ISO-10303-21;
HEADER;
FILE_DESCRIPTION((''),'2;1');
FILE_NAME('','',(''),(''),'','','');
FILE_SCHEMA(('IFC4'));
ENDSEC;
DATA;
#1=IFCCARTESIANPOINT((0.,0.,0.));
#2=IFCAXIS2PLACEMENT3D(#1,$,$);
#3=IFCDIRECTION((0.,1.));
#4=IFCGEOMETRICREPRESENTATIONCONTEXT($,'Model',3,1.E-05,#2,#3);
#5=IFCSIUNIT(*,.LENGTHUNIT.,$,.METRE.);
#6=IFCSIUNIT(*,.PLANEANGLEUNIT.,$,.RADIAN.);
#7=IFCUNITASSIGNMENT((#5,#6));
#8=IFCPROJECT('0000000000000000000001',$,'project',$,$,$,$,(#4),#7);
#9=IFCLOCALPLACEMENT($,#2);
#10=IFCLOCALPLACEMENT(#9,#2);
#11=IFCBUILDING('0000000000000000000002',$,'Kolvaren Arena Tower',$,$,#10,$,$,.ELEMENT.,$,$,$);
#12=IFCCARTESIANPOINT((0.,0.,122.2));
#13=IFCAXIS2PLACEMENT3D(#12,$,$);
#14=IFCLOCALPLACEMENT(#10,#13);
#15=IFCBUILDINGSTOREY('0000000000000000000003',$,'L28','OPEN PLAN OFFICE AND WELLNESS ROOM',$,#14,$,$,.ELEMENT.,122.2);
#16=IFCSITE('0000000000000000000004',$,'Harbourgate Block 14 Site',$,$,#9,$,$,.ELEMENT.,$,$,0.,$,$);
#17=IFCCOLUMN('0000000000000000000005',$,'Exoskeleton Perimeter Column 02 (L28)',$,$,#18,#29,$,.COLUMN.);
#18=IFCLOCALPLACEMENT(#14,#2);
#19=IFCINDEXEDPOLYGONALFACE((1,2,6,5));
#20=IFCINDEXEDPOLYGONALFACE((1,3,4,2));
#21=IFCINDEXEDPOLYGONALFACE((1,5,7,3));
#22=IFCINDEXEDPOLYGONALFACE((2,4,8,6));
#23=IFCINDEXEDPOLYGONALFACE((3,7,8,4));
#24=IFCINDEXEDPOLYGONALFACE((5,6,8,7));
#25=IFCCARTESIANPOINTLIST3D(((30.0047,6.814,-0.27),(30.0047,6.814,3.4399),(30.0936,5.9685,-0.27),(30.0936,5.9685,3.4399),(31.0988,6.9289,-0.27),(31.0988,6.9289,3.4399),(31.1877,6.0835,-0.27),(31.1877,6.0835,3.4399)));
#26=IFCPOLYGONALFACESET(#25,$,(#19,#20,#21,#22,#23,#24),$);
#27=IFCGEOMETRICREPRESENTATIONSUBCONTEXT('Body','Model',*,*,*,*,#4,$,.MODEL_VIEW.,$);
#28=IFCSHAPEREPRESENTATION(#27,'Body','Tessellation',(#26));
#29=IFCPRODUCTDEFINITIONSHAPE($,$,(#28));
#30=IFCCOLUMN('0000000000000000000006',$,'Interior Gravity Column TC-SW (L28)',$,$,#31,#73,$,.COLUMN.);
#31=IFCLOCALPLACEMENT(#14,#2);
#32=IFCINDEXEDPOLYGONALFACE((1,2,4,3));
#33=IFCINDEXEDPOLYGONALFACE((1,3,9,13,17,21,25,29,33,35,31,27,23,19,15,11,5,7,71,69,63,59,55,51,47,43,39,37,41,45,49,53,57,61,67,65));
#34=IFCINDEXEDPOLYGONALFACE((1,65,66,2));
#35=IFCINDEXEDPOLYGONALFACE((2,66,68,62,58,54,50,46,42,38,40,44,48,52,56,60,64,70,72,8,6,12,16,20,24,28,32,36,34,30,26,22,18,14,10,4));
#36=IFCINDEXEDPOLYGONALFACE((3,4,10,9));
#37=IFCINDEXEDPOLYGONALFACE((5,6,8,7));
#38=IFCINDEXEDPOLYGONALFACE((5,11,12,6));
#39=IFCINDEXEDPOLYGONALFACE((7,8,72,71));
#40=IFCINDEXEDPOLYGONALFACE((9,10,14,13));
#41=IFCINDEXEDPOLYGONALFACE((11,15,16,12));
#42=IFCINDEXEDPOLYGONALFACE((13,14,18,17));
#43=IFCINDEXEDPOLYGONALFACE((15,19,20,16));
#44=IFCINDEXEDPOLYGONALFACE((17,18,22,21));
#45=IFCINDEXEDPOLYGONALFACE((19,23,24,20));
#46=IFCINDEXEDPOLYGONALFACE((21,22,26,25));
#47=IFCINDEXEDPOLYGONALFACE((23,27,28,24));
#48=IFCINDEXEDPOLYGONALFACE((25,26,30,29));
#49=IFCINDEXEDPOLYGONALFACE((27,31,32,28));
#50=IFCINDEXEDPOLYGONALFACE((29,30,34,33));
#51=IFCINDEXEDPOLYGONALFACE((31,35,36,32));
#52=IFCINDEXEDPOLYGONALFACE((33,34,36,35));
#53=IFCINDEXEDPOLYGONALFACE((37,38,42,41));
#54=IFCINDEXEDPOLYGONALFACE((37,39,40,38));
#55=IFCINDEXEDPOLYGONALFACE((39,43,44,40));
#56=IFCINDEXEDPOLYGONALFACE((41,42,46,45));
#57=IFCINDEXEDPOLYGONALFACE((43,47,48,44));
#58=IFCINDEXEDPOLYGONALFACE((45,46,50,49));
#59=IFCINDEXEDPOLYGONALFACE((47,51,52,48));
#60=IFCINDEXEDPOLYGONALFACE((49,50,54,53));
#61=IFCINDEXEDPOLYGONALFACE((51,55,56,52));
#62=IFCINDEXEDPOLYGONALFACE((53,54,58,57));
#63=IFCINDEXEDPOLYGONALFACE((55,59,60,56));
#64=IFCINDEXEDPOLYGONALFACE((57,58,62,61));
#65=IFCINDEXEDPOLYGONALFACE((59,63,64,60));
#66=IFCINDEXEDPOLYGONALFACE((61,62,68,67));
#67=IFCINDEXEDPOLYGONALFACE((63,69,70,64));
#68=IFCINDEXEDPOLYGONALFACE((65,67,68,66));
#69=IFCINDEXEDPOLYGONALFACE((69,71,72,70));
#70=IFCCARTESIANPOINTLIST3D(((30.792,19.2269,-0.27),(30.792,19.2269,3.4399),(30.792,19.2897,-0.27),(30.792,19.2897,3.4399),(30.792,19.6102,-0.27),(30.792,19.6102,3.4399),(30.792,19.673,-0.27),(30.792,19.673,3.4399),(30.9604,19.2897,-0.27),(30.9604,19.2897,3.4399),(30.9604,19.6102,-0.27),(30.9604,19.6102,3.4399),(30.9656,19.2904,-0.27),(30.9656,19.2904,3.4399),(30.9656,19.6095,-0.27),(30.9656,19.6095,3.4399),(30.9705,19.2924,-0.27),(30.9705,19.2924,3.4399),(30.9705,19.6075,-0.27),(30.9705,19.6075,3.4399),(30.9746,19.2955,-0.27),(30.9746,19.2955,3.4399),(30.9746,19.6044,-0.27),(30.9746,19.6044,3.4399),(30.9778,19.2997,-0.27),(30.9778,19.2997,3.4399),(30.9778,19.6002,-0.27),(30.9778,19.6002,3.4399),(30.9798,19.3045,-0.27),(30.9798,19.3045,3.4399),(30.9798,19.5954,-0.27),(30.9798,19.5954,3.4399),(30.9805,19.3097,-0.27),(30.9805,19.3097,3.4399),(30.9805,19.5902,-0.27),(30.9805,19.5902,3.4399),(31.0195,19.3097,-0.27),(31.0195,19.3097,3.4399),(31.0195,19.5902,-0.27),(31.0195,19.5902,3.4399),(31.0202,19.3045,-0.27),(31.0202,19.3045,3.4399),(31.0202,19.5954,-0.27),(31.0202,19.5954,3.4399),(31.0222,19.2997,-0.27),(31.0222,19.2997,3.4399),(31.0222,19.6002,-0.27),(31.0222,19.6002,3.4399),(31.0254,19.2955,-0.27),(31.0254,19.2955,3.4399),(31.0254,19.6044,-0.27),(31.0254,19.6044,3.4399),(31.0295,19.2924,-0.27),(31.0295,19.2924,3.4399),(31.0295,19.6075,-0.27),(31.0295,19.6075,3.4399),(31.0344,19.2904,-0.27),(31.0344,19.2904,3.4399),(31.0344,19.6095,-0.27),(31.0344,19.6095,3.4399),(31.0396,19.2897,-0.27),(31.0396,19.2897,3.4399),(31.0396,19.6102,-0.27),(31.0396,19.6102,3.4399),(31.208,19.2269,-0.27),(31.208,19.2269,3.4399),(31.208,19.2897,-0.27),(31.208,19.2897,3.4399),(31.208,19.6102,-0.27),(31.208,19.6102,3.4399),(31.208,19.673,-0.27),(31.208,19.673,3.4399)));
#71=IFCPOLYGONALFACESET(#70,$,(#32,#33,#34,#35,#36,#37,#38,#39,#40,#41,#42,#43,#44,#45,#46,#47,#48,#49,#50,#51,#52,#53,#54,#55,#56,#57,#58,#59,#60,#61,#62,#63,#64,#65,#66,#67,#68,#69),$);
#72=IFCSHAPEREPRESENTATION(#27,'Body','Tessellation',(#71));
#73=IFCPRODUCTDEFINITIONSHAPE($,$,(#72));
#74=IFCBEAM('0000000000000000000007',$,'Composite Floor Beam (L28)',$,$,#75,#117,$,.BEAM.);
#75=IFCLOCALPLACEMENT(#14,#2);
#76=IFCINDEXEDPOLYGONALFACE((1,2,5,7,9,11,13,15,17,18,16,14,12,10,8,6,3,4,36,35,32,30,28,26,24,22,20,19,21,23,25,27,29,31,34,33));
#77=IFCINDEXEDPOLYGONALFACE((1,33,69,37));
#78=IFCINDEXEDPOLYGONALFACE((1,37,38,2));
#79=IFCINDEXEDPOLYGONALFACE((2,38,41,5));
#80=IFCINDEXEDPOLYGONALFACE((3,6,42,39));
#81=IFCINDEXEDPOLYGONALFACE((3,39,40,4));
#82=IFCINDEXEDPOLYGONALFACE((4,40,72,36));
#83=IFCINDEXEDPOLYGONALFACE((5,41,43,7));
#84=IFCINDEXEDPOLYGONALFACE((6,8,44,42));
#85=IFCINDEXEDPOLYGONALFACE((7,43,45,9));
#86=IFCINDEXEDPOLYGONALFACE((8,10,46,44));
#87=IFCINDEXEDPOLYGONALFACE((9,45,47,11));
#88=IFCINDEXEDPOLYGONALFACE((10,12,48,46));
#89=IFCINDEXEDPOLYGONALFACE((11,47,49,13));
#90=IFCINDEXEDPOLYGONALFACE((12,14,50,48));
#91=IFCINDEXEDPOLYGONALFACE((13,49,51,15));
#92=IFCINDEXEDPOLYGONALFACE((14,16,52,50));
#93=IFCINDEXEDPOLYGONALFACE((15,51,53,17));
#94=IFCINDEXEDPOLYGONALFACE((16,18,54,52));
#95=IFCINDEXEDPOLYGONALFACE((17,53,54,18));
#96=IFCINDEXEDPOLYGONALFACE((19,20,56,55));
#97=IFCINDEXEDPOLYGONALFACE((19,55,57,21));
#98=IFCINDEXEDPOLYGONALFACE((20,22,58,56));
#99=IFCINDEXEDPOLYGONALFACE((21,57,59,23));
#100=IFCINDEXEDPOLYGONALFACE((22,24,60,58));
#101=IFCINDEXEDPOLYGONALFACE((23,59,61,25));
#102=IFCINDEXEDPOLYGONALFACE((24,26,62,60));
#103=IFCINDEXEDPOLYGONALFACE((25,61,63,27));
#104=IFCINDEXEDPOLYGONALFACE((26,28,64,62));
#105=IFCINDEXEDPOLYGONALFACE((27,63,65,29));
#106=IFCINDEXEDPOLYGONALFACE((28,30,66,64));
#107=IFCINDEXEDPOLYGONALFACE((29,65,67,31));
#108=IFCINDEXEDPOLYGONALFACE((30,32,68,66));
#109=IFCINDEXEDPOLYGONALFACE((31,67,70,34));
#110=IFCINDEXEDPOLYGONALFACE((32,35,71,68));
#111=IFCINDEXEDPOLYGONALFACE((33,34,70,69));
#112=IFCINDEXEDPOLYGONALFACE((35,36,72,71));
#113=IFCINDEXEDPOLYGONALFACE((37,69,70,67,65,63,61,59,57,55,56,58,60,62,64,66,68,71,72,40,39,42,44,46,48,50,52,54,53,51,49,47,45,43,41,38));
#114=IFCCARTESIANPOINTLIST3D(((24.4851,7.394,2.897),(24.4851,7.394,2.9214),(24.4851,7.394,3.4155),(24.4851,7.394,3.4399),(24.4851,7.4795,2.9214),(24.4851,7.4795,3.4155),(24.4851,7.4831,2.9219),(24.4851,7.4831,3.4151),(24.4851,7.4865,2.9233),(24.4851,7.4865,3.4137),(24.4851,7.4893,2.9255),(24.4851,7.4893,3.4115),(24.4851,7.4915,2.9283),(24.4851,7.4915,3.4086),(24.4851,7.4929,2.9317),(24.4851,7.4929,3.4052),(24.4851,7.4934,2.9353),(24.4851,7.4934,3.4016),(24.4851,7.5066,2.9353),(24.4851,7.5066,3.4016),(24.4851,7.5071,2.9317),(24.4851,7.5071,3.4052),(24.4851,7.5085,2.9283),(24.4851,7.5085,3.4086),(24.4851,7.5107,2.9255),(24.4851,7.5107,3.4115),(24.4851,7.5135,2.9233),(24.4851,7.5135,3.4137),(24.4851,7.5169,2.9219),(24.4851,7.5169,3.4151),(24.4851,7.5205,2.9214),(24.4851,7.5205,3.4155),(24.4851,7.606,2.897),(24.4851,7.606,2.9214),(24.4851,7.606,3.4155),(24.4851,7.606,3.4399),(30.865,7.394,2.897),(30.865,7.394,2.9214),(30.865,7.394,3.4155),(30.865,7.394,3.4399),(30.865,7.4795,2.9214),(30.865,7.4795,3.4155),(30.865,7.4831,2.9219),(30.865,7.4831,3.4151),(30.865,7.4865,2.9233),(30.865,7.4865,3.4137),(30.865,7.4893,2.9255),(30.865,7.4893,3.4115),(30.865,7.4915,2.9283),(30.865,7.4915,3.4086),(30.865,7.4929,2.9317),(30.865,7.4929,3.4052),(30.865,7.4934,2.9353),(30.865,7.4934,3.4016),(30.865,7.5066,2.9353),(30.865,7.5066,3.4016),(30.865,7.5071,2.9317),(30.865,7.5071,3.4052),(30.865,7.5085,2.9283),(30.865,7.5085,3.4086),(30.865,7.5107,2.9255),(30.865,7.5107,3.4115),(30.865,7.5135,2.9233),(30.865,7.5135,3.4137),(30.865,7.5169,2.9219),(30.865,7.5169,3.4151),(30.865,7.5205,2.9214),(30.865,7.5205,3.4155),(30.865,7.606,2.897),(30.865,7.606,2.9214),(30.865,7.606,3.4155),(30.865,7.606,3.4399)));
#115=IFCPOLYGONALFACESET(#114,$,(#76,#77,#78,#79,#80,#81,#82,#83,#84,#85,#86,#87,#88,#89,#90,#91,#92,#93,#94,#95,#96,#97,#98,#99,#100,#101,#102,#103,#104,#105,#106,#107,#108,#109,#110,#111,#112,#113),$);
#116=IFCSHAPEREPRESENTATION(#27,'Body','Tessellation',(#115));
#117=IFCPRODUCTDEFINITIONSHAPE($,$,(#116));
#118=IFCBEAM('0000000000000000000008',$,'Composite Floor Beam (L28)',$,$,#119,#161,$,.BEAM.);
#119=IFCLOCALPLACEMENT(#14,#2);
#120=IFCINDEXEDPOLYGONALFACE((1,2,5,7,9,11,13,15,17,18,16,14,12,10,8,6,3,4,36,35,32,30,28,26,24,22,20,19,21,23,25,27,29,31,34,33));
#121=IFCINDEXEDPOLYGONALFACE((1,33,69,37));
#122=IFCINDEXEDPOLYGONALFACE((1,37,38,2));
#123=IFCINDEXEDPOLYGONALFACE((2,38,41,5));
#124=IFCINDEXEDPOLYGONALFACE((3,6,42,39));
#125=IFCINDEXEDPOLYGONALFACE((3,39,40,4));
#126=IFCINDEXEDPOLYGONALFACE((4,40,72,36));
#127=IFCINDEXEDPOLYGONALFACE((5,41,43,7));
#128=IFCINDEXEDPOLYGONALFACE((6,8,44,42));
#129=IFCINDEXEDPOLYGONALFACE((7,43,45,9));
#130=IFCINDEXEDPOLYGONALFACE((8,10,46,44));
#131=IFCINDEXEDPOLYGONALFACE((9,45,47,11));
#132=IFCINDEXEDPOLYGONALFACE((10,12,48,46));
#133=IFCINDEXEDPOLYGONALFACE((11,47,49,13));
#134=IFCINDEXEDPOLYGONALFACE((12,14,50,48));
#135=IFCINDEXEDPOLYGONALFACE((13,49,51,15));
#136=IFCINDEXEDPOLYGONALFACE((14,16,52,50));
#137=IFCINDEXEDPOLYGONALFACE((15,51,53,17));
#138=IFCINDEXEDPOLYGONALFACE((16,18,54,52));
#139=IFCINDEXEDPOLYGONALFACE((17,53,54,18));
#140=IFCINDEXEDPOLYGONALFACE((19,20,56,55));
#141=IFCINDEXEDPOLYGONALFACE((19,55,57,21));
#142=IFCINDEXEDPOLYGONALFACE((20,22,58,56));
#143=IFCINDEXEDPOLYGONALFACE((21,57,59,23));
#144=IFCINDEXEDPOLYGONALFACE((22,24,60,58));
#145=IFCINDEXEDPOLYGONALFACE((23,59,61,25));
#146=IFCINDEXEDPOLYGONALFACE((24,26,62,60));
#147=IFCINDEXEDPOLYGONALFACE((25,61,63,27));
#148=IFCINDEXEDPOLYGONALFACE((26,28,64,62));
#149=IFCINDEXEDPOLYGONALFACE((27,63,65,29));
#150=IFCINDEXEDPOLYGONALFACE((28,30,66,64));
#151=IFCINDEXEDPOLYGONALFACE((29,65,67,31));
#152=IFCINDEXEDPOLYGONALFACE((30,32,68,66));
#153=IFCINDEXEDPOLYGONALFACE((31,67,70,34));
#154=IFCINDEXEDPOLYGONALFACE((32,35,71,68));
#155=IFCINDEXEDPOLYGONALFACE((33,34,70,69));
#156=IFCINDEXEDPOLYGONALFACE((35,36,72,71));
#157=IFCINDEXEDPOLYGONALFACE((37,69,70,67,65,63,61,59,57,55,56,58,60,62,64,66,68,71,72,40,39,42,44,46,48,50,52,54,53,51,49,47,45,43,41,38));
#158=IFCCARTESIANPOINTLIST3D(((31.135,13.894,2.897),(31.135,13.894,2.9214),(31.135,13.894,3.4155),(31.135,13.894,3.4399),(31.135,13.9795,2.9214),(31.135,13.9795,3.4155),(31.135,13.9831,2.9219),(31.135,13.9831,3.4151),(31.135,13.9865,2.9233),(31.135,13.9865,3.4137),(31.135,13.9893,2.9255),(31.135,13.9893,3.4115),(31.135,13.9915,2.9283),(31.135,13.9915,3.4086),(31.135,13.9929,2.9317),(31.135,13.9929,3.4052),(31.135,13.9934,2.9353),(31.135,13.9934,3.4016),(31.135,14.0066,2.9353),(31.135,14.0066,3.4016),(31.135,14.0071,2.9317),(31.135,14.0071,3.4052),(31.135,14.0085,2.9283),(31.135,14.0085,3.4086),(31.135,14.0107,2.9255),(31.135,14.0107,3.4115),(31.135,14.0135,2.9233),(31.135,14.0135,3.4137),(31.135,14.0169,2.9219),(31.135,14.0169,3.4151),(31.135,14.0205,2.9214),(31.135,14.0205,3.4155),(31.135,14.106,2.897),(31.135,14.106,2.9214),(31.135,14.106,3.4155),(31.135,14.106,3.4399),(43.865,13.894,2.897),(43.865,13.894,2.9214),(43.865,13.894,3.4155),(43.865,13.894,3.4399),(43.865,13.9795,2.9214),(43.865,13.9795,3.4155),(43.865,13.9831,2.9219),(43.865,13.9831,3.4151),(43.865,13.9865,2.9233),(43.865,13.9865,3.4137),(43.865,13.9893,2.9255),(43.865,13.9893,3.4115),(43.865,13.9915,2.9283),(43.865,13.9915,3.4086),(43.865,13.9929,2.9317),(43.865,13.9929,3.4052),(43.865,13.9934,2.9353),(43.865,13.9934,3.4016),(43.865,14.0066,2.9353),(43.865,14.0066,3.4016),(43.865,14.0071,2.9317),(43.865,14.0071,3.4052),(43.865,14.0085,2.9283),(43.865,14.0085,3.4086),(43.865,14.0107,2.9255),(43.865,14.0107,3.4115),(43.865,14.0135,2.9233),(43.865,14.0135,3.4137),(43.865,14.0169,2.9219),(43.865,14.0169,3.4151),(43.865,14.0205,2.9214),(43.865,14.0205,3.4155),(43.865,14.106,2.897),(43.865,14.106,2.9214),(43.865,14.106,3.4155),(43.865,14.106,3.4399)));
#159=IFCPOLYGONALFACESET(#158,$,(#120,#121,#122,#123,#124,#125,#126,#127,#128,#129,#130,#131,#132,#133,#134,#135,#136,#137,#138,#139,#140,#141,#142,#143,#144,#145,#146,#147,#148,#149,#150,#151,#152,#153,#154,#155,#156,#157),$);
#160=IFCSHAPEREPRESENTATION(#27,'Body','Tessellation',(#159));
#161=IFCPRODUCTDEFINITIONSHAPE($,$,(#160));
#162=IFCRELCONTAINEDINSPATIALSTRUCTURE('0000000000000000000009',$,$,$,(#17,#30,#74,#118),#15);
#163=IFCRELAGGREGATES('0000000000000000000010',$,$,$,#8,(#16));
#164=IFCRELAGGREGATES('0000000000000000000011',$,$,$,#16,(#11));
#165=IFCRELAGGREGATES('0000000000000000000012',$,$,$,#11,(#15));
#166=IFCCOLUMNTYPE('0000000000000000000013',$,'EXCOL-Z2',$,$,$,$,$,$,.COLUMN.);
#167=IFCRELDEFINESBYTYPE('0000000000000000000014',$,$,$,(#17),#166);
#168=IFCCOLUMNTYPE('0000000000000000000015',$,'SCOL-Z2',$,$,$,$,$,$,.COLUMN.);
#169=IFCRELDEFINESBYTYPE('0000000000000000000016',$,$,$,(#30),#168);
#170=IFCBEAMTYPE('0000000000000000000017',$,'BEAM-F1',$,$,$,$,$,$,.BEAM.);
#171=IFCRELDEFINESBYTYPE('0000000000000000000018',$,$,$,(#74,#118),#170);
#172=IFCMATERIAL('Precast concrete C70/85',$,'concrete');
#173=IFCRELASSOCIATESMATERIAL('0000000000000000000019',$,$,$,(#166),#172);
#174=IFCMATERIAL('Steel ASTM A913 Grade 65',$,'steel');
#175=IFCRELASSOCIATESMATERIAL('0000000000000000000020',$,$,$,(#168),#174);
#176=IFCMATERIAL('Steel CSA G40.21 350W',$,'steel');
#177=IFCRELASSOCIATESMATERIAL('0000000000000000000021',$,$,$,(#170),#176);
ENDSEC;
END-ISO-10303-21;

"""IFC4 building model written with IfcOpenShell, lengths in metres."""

from ifc_helpers import new_model, si_unit, direction, frame, origin, origin_2d, place, context, subcontext, project, spatial, rectangle, i_section, extrude, material, material_profile, profile_set, type_object, element, save


model = new_model("IFC4")

# Units and contexts
model_context = context("Model", 3, precision=1e-05, world=origin(), true_north=direction((0.0, 1.0)))
body_context = subcontext(model_context, "Body", "Model", "MODEL_VIEW")
ifc_project = project(units=[si_unit("LENGTHUNIT", "METRE"), si_unit("PLANEANGLEUNIT", "RADIAN")], contexts=[model_context])

# Site, building, storey
site_placement = place(None, origin())
site = spatial("IfcSite", under=ifc_project, at=site_placement, Name="Harbourgate Block 14 Site", CompositionType="ELEMENT", RefElevation=0.0)
building_placement = place(site_placement, origin())
building = spatial("IfcBuilding", under=site, at=building_placement, Name="Kolvaren Arena Tower", CompositionType="ELEMENT")
storey_placement = place(building_placement, frame((0.0, 0.0, 122.2)))
storey = spatial("IfcBuildingStorey", under=building, at=storey_placement, Name="L28", Description="OPEN PLAN OFFICE AND WELLNESS ROOM", CompositionType="ELEMENT", Elevation=122.2)

# Columns
ifc_material_1 = material(Name="Precast concrete C70/85", Category="concrete")
ifc_material_profile_1 = material_profile(ifc_material_1, rectangle(XDim=1.1001, YDim=0.8501, at=origin_2d()), Name="RC-1100x850")
ifc_profile_set_1 = profile_set([ifc_material_profile_1], Name="Precast concrete C70/85")
column_type_1 = type_object("IfcColumnType", Name="EXCOL-Z2", PredefinedType="COLUMN", material=ifc_profile_set_1)
column_1_placement = place(storey_placement, frame((30.5962, 6.4487, -0.27), z_axis=(0.0, 0.0, 1.0), x_axis=(0.994522, 0.104528, 0.0)))
element("IfcColumn", 1, at=column_1_placement, inside=storey, type_object=column_type_1, Name="Exoskeleton Perimeter Column 02 (L28)", PredefinedType="COLUMN", context=body_context, shape_type="SweptSolid", body=[
    extrude(rectangle(XDim=1.1001, YDim=0.8501, at=origin_2d()), origin(), (0.0, 0.0, 1.0), 3.71),
])
ifc_material_2 = material(Name="Steel ASTM A913 Grade 65", Category="steel")
ifc_material_profile_2 = material_profile(ifc_material_2, i_section(OverallWidth=0.416, OverallDepth=0.446, WebThickness=0.0391, FlangeThickness=0.0627, FilletRadius=0.02, at=origin_2d()), Name="W360x509")
ifc_profile_set_2 = profile_set([ifc_material_profile_2], Name="Steel ASTM A913 Grade 65")
column_type_2 = type_object("IfcColumnType", Name="SCOL-Z2", PredefinedType="COLUMN", material=ifc_profile_set_2)
column_2_placement = place(storey_placement, frame((31.0, 19.45, -0.27), z_axis=(0.0, 0.0, 1.0), x_axis=(1.0, 0.0, 0.0)))
element("IfcColumn", 2, at=column_2_placement, inside=storey, type_object=column_type_2, Name="Interior Gravity Column TC-SW (L28)", PredefinedType="COLUMN", context=body_context, shape_type="SweptSolid", body=[
    extrude(i_section(OverallWidth=0.416, OverallDepth=0.446, WebThickness=0.0391, FlangeThickness=0.0627, FilletRadius=0.02, at=origin_2d()), origin(), (0.0, 0.0, 1.0), 3.71),
])

# Beams
ifc_material_3 = material(Name="Steel CSA G40.21 350W", Category="steel")
ifc_material_profile_3 = material_profile(ifc_material_3, i_section(OverallWidth=0.2119, OverallDepth=0.543, WebThickness=0.0132, FlangeThickness=0.0244, FilletRadius=0.0139, at=origin_2d()), Name="W530x150")
ifc_profile_set_3 = profile_set([ifc_material_profile_3], Name="Steel CSA G40.21 350W")
beam_type_1 = type_object("IfcBeamType", Name="BEAM-F1", PredefinedType="BEAM", material=ifc_profile_set_3)
beam_1_placement = place(storey_placement, frame((24.4851, 7.5, 3.1685), z_axis=(1.0, 0.0, 0.0), x_axis=(0.0, 1.0, 0.0)))
element("IfcBeam", 3, at=beam_1_placement, inside=storey, type_object=beam_type_1, Name="Composite Floor Beam (L28)", PredefinedType="BEAM", context=body_context, shape_type="SweptSolid", body=[
    extrude(i_section(OverallWidth=0.2119, OverallDepth=0.543, WebThickness=0.0132, FlangeThickness=0.0244, FilletRadius=0.0139, at=origin_2d()), origin(), (0.0, 0.0, 1.0), 6.3799),
])
beam_2_placement = place(storey_placement, frame((31.135, 14.0, 3.1685), z_axis=(1.0, 0.0, 0.0), x_axis=(0.0, 1.0, 0.0)))
element("IfcBeam", 4, at=beam_2_placement, inside=storey, type_object=beam_type_1, Name="Composite Floor Beam (L28)", PredefinedType="BEAM", context=body_context, shape_type="SweptSolid", body=[
    extrude(i_section(OverallWidth=0.2119, OverallDepth=0.543, WebThickness=0.0132, FlangeThickness=0.0244, FilletRadius=0.0139, at=origin_2d()), origin(), (0.0, 0.0, 1.0), 12.73),
])

save(model, "model.ifc")
